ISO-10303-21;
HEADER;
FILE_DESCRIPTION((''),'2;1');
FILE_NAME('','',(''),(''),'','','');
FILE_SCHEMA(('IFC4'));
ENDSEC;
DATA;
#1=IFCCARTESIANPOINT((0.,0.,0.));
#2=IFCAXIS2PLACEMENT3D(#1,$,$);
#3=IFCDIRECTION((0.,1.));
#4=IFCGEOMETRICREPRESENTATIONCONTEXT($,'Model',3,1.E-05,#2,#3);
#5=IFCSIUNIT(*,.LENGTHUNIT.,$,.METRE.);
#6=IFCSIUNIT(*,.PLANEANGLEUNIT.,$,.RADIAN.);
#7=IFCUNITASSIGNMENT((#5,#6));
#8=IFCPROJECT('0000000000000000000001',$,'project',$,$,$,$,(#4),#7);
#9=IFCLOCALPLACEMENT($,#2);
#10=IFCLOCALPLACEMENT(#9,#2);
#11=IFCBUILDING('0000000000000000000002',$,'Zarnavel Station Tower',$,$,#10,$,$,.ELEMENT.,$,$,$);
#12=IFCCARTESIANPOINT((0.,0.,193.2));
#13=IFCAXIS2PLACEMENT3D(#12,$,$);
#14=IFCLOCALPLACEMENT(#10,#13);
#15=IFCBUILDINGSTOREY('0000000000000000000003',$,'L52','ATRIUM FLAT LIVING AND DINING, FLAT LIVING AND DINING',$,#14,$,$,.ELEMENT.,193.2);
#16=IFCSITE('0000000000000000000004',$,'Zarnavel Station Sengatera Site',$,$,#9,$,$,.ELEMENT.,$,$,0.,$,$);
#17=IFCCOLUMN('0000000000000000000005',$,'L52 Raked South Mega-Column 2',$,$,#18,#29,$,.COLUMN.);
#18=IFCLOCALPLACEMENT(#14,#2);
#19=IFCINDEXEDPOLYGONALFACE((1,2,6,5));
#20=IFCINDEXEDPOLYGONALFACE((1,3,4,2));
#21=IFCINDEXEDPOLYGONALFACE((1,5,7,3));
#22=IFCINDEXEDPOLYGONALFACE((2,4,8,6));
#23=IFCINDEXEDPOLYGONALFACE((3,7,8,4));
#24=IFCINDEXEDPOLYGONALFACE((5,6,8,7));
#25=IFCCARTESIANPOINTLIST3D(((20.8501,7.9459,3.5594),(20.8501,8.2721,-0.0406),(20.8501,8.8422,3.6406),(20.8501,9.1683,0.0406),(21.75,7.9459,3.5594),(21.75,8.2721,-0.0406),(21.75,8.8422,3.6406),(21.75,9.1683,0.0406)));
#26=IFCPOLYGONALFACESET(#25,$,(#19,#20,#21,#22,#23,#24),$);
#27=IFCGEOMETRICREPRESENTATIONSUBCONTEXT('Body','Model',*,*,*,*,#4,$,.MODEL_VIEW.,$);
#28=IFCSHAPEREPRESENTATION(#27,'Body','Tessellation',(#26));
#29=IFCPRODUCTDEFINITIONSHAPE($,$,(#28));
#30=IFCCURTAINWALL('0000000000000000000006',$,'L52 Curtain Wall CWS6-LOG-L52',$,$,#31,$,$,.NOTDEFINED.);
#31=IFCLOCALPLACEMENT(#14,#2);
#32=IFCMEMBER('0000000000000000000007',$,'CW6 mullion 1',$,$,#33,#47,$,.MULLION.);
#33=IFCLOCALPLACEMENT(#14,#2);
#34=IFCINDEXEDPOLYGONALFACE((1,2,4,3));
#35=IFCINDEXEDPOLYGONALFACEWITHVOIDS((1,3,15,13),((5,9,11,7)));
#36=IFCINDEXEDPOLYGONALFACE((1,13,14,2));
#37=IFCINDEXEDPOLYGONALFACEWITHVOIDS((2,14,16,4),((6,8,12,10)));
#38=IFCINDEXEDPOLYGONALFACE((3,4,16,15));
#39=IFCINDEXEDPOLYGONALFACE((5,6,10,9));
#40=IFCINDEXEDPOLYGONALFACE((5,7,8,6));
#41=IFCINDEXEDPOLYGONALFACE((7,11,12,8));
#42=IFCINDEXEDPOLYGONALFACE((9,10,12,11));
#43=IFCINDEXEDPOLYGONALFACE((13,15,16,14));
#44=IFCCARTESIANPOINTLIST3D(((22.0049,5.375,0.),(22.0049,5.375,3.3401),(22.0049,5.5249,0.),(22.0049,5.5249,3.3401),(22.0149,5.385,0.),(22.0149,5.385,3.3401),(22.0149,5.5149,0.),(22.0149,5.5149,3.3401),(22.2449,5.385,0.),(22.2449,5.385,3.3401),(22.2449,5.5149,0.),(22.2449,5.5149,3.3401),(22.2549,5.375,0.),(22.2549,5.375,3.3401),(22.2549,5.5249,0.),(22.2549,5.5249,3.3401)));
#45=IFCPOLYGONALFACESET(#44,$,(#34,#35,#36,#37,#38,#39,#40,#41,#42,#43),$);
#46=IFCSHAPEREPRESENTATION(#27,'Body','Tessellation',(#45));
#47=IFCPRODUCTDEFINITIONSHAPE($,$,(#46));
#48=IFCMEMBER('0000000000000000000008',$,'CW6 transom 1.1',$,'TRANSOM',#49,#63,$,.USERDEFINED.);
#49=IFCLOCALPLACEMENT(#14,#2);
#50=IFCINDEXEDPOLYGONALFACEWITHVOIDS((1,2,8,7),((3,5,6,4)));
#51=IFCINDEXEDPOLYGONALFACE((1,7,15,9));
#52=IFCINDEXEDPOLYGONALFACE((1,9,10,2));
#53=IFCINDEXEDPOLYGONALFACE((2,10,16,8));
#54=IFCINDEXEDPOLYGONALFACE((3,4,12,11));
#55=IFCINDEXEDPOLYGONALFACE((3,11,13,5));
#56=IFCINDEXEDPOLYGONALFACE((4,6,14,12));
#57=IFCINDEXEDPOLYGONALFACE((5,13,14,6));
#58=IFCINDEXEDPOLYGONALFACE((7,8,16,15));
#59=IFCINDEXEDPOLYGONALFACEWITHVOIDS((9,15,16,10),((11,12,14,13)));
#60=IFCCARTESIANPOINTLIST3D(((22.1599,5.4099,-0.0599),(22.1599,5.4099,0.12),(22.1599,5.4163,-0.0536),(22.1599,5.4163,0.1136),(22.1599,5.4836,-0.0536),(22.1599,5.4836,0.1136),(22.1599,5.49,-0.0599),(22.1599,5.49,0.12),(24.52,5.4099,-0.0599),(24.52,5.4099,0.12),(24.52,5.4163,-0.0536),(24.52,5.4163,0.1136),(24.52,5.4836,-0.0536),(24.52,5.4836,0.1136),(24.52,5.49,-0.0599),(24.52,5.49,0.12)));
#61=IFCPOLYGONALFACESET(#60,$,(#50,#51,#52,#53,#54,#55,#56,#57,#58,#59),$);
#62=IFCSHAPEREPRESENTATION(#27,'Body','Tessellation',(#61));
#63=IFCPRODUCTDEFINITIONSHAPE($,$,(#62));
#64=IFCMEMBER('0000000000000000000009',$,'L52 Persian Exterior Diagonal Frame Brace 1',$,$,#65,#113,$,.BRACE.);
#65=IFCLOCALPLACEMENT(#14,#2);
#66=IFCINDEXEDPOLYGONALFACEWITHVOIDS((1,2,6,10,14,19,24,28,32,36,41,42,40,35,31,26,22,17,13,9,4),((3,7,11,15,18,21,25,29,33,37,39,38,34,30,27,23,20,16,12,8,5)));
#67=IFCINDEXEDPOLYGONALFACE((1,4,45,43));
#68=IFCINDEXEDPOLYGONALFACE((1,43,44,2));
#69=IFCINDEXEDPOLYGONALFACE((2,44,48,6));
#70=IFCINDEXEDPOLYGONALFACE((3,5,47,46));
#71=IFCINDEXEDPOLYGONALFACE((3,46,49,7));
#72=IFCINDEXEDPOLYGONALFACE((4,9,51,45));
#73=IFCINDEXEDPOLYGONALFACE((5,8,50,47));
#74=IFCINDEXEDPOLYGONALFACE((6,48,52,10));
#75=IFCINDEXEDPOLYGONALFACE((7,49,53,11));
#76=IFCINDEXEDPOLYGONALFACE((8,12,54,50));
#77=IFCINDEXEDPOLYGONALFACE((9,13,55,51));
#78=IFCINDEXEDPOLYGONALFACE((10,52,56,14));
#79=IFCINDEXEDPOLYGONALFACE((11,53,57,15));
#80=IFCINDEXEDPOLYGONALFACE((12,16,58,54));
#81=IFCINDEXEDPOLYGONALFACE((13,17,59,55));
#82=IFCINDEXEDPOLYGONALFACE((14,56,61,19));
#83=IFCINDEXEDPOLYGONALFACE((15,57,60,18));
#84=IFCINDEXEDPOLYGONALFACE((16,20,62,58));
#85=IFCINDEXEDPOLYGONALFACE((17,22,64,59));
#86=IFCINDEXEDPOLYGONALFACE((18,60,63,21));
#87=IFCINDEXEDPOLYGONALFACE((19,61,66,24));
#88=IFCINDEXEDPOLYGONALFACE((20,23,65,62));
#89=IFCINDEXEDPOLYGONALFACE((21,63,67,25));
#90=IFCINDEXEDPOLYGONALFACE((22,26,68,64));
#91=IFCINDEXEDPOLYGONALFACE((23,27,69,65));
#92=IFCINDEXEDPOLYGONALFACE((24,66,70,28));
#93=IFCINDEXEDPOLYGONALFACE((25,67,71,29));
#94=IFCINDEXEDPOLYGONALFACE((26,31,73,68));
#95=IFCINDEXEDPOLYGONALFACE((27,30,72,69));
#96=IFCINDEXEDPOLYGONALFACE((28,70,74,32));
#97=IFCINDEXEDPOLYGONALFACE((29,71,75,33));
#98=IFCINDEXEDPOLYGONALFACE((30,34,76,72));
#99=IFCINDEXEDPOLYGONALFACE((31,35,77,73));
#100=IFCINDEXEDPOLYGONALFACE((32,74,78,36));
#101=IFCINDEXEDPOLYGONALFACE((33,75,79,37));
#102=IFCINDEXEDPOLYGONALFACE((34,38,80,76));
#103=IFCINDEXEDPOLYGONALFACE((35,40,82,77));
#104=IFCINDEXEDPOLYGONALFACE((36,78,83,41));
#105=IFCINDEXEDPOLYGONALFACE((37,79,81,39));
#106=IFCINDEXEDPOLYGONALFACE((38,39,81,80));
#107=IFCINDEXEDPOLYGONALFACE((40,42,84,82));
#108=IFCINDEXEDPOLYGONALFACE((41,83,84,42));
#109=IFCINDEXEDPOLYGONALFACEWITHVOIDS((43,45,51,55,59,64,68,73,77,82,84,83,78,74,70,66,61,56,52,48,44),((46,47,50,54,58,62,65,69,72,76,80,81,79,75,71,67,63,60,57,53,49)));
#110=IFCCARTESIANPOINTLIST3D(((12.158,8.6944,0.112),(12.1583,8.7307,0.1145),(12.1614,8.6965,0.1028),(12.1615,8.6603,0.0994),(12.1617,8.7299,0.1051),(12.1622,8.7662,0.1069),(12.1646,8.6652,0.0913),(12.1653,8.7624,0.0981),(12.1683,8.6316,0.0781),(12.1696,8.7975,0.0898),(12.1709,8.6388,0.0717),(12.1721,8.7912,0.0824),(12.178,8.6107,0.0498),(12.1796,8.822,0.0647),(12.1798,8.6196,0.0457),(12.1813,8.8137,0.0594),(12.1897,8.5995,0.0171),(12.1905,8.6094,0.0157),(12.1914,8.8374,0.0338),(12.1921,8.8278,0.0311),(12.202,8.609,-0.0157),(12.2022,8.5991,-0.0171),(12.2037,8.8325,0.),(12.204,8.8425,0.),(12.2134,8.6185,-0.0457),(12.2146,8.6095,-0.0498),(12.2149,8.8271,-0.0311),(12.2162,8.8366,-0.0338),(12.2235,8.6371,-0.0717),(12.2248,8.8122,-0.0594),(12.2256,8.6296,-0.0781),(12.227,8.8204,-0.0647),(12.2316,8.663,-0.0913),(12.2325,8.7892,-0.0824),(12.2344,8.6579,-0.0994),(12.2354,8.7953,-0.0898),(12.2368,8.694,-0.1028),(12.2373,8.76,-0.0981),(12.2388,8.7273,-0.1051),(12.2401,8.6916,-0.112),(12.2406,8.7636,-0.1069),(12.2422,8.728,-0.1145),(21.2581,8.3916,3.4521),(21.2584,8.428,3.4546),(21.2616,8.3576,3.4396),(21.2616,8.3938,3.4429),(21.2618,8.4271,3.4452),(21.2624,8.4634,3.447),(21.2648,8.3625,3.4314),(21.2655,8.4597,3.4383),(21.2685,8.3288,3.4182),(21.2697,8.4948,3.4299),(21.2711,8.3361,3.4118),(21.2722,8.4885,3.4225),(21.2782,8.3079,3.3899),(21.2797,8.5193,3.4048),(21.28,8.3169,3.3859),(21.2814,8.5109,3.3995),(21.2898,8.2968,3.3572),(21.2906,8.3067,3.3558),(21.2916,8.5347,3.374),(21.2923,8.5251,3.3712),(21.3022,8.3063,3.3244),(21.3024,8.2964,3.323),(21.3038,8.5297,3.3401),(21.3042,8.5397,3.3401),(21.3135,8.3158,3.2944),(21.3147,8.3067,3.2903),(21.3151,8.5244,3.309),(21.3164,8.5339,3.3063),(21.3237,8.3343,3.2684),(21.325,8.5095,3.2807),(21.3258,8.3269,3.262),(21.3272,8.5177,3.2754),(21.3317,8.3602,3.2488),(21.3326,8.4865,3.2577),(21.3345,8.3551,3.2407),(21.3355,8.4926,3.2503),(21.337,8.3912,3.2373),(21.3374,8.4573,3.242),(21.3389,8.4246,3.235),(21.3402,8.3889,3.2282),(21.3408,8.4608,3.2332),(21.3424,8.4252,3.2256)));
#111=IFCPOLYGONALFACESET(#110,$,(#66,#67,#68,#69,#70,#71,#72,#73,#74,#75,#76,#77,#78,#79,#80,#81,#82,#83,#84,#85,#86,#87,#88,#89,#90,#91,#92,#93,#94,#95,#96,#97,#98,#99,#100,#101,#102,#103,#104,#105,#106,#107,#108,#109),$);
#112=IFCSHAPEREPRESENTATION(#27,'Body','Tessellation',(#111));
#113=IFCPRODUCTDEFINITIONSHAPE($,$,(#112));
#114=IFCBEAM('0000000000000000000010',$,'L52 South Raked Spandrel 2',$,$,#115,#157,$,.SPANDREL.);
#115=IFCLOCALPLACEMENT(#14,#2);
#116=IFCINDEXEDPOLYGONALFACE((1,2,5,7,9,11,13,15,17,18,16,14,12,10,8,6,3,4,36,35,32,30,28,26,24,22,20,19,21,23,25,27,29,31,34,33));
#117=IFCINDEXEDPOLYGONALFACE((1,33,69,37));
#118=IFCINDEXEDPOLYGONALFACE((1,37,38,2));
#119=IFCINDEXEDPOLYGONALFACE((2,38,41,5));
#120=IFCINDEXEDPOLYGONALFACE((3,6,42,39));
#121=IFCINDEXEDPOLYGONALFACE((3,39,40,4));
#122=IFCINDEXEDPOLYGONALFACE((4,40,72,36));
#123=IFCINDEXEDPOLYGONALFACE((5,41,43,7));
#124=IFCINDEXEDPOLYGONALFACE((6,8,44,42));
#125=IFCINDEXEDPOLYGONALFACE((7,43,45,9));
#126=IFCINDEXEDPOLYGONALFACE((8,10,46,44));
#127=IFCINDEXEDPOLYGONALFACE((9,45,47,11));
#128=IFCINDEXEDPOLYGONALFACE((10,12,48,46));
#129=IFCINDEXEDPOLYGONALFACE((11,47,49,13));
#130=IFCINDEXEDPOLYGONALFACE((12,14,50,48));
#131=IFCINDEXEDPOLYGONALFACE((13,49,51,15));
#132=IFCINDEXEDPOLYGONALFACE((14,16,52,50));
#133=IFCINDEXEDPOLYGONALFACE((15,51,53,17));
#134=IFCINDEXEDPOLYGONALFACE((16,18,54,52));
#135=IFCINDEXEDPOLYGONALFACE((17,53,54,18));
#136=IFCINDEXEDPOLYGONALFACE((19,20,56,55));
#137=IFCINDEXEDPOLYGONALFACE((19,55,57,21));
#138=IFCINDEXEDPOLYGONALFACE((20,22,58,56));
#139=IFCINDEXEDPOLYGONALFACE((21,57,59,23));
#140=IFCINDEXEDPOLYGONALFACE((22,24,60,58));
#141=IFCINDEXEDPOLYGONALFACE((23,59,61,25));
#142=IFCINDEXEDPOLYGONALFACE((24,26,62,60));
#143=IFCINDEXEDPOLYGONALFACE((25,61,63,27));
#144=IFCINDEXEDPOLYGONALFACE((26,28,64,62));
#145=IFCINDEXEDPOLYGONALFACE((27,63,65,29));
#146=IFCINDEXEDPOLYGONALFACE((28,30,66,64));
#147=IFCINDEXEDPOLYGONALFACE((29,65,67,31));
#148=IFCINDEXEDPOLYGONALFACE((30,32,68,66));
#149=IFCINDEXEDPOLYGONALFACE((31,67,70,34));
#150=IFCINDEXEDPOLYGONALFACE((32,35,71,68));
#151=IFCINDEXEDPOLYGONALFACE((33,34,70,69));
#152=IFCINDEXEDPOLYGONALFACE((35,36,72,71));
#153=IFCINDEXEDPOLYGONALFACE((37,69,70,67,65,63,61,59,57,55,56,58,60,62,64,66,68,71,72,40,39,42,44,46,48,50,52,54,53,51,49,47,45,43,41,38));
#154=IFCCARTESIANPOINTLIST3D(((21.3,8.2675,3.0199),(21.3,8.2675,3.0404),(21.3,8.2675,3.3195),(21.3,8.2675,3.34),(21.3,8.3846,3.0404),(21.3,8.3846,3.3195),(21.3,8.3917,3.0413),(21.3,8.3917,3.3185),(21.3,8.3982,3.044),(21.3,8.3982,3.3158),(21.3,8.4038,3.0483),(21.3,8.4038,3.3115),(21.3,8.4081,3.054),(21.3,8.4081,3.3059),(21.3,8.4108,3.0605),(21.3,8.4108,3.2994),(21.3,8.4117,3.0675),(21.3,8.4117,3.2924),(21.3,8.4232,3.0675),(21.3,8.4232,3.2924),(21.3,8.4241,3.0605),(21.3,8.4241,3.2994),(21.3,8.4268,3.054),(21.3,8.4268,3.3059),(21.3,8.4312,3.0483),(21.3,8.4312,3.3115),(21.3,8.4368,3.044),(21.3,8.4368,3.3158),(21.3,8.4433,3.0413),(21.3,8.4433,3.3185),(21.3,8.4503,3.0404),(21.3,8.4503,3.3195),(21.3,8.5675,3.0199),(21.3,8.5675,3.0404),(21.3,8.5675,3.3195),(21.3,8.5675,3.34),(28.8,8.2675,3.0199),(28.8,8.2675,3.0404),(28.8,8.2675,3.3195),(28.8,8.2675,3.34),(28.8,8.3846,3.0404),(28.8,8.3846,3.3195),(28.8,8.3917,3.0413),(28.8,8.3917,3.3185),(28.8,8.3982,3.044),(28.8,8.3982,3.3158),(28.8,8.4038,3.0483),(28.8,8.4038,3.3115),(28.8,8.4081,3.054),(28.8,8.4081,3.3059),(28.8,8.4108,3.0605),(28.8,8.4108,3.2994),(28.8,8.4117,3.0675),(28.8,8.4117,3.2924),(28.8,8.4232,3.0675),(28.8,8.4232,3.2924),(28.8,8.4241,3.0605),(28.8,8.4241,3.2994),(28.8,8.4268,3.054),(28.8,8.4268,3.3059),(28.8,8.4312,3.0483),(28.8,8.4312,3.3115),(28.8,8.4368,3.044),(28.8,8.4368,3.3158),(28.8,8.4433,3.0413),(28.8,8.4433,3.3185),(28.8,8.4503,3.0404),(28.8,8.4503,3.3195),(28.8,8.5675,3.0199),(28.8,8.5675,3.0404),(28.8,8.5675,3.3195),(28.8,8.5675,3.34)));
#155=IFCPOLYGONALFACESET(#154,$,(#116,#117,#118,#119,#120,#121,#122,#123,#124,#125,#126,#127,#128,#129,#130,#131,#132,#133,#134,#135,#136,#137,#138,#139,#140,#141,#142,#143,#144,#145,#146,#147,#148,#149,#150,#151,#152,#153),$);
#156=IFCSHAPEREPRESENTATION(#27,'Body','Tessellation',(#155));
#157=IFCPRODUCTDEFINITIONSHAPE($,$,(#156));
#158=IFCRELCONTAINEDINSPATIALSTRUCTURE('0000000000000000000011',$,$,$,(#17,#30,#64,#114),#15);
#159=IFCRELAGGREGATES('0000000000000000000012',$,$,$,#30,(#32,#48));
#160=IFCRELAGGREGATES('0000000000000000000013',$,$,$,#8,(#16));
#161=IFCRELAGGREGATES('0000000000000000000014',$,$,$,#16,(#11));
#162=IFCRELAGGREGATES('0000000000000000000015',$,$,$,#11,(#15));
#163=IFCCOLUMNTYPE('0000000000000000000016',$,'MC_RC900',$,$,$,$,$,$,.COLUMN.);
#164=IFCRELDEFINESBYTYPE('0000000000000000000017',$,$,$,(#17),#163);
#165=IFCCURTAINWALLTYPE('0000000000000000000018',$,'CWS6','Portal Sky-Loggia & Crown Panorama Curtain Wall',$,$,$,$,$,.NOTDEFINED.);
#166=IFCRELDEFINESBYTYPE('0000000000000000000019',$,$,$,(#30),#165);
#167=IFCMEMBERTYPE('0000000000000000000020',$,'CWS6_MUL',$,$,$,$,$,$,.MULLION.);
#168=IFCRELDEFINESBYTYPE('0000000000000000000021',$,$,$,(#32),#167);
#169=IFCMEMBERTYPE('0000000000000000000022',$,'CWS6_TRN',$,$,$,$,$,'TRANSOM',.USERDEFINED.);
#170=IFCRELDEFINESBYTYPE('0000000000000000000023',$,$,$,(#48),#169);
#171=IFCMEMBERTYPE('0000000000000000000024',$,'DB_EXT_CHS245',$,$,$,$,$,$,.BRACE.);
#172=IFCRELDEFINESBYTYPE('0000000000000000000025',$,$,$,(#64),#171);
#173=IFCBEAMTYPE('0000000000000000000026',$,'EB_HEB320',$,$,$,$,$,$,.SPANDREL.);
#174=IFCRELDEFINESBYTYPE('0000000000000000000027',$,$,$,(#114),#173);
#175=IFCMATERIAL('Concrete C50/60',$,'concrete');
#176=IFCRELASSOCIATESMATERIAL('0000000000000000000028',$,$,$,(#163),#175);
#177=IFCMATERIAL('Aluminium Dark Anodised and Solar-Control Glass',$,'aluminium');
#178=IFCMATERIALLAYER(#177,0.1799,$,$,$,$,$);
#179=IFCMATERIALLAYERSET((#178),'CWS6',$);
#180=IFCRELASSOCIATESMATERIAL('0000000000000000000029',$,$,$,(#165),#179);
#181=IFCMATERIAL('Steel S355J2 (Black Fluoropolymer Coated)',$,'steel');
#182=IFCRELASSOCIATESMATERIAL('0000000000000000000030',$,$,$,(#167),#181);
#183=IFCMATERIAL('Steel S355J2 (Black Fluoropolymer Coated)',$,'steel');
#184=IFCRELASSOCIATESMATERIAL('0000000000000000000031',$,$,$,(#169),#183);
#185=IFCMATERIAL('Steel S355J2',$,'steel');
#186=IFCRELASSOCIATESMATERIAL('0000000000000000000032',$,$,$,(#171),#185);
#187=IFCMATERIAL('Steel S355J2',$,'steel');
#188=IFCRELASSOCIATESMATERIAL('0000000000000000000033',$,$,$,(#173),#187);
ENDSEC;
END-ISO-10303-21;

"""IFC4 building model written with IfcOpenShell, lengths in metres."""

from ifc_helpers import new_model, si_unit, direction, frame, origin, origin_2d, place, context, subcontext, project, spatial, rectangle, hollow_rectangle, hollow_circle, i_section, extrude, material, layer, layer_set, material_profile, profile_set, type_object, element, aggregate, save


model = new_model("IFC4")

# Units and contexts
model_context = context("Model", 3, precision=1e-05, world=origin(), true_north=direction((0.0, 1.0)))
body_context = subcontext(model_context, "Body", "Model", "MODEL_VIEW")
ifc_project = project(units=[si_unit("LENGTHUNIT", "METRE"), si_unit("PLANEANGLEUNIT", "RADIAN")], contexts=[model_context])

# Site, building, storey
site_placement = place(None, origin())
site = spatial("IfcSite", under=ifc_project, at=site_placement, Name="Zarnavel Station Sengatera Site", CompositionType="ELEMENT", RefElevation=0.0)
building_placement = place(site_placement, origin())
building = spatial("IfcBuilding", under=site, at=building_placement, Name="Zarnavel Station Tower", CompositionType="ELEMENT")
storey_placement = place(building_placement, frame((0.0, 0.0, 193.2)))
storey = spatial("IfcBuildingStorey", under=building, at=storey_placement, Name="L52", Description="ATRIUM FLAT LIVING AND DINING, FLAT LIVING AND DINING", CompositionType="ELEMENT", Elevation=193.2)

# Column
ifc_material_1 = material(Name="Concrete C50/60", Category="concrete")
ifc_material_profile_1 = material_profile(ifc_material_1, rectangle(XDim=0.8999, YDim=0.8999, at=origin_2d()), Name="RC900x900")
ifc_profile_set_1 = profile_set([ifc_material_profile_1], Name="Concrete C50/60")
column_type = type_object("IfcColumnType", Name="MC_RC900", PredefinedType="COLUMN", material=ifc_profile_set_1)
column_placement = place(storey_placement, frame((21.3, 8.7202, 0.0), z_axis=(0.0, -0.090231, 0.995921), x_axis=(1.0, 0.0, 0.0)))
element("IfcColumn", 1, at=column_placement, inside=storey, type_object=column_type, Name="L52 Raked South Mega-Column 2", PredefinedType="COLUMN", context=body_context, shape_type="SweptSolid", body=[
    extrude(rectangle(XDim=0.8999, YDim=0.8999, at=origin_2d()), origin(), (0.0, 0.0, 1.0), 3.6147),
])

# Curtain wall, members
ifc_material_2 = material(Name="Aluminium Dark Anodised and Solar-Control Glass", Category="aluminium")
ifc_layer_1 = layer(ifc_material_2, 0.1799)
ifc_layer_set_1 = layer_set([ifc_layer_1], Name="CWS6")
curtain_wall_type = type_object("IfcCurtainWallType", Name="CWS6", Description="Portal Sky-Loggia & Crown Panorama Curtain Wall", PredefinedType="NOTDEFINED", material=ifc_layer_set_1)
curtain_wall_placement = place(storey_placement, origin())
curtain_wall = element("IfcCurtainWall", 2, at=curtain_wall_placement, inside=storey, type_object=curtain_wall_type, Name="L52 Curtain Wall CWS6-LOG-L52", PredefinedType="NOTDEFINED")
ifc_material_3 = material(Name="Steel S355J2 (Black Fluoropolymer Coated)", Category="steel")
ifc_material_profile_2 = material_profile(ifc_material_3, hollow_rectangle(XDim=0.1499, YDim=0.25, WallThickness=0.01, at=origin_2d()), Name="RHS250x150x10")
ifc_profile_set_2 = profile_set([ifc_material_profile_2], Name="Steel S355J2 (Black Fluoropolymer Coated)")
member_type_1 = type_object("IfcMemberType", Name="CWS6_MUL", PredefinedType="MULLION", material=ifc_profile_set_2)
member_1_placement = place(storey_placement, frame((22.1299, 5.45, 0.0), z_axis=(0.0, 0.0, 1.0), x_axis=(0.0, 1.0, 0.0)))
member_1 = element("IfcMember", 3, at=member_1_placement, type_object=member_type_1, Name="CW6 mullion 1", PredefinedType="MULLION", context=body_context, shape_type="SweptSolid", body=[
    extrude(hollow_rectangle(XDim=0.1499, YDim=0.25, WallThickness=0.01, at=origin_2d()), origin(), (0.0, 0.0, 1.0), 3.3401),
])
ifc_material_4 = material(Name="Steel S355J2 (Black Fluoropolymer Coated)", Category="steel")
ifc_material_profile_3 = material_profile(ifc_material_4, hollow_rectangle(XDim=0.0801, YDim=0.1799, WallThickness=0.0063, at=origin_2d()), Name="RHS180x80x6.3")
ifc_profile_set_3 = profile_set([ifc_material_profile_3], Name="Steel S355J2 (Black Fluoropolymer Coated)")
member_type_2 = type_object("IfcMemberType", Name="CWS6_TRN", ElementType="TRANSOM", PredefinedType="USERDEFINED", material=ifc_profile_set_3)
member_2_placement = place(storey_placement, frame((22.1599, 5.45, 0.03), z_axis=(1.0, 0.0, 0.0), x_axis=(0.0, 1.0, 0.0)))
member_2 = element("IfcMember", 4, at=member_2_placement, type_object=member_type_2, Name="CW6 transom 1.1", ObjectType="TRANSOM", PredefinedType="USERDEFINED", context=body_context, shape_type="SweptSolid", body=[
    extrude(hollow_rectangle(XDim=0.0801, YDim=0.1799, WallThickness=0.0063, at=origin_2d()), origin(), (0.0, 0.0, 1.0), 2.3601),
])
aggregate(curtain_wall, [member_1, member_2])

# Member
ifc_material_5 = material(Name="Steel S355J2", Category="steel")
ifc_material_profile_4 = material_profile(ifc_material_5, hollow_circle(Radius=0.1223, WallThickness=0.01, at=origin_2d()), Name="CHS244.5x10")
ifc_profile_set_4 = profile_set([ifc_material_profile_4], Name="Steel S355J2")
member_type_3 = type_object("IfcMemberType", Name="DB_EXT_CHS245", PredefinedType="BRACE", material=ifc_profile_set_4)
member_3_placement = place(storey_placement, frame((12.2, 8.7202, 0.0), z_axis=(0.938306, -0.031215, 0.344395), x_axis=(0.033249, 0.999447, 0.0)))
element("IfcMember", 5, at=member_3_placement, inside=storey, type_object=member_type_3, Name="L52 Persian Exterior Diagonal Frame Brace 1", PredefinedType="BRACE", context=body_context, shape_type="SweptSolid", body=[
    extrude(hollow_circle(Radius=0.1223, WallThickness=0.01, at=origin_2d()), origin(), (0.0, 0.0, 1.0), 9.6985),
])

# Beam
ifc_material_6 = material(Name="Steel S355J2", Category="steel")
ifc_material_profile_5 = material_profile(ifc_material_6, i_section(OverallWidth=0.3, OverallDepth=0.3201, WebThickness=0.0115, FlangeThickness=0.0205, FilletRadius=0.0271, at=origin_2d()), Name="HEB320")
ifc_profile_set_5 = profile_set([ifc_material_profile_5], Name="Steel S355J2")
beam_type_1 = type_object("IfcBeamType", Name="EB_HEB320", PredefinedType="SPANDREL", material=ifc_profile_set_5)
beam_1_placement = place(storey_placement, frame((21.3, 8.4175, 3.1799), z_axis=(1.0, 0.0, 0.0), x_axis=(0.0, 1.0, 0.0)))
element("IfcBeam", 6, at=beam_1_placement, inside=storey, type_object=beam_type_1, Name="L52 South Raked Spandrel 2", PredefinedType="SPANDREL", context=body_context, shape_type="SweptSolid", body=[
    extrude(i_section(OverallWidth=0.3, OverallDepth=0.3201, WebThickness=0.0115, FlangeThickness=0.0205, FilletRadius=0.0271, at=origin_2d()), origin(), (0.0, 0.0, 1.0), 7.5),
])

save(model, "model.ifc")
